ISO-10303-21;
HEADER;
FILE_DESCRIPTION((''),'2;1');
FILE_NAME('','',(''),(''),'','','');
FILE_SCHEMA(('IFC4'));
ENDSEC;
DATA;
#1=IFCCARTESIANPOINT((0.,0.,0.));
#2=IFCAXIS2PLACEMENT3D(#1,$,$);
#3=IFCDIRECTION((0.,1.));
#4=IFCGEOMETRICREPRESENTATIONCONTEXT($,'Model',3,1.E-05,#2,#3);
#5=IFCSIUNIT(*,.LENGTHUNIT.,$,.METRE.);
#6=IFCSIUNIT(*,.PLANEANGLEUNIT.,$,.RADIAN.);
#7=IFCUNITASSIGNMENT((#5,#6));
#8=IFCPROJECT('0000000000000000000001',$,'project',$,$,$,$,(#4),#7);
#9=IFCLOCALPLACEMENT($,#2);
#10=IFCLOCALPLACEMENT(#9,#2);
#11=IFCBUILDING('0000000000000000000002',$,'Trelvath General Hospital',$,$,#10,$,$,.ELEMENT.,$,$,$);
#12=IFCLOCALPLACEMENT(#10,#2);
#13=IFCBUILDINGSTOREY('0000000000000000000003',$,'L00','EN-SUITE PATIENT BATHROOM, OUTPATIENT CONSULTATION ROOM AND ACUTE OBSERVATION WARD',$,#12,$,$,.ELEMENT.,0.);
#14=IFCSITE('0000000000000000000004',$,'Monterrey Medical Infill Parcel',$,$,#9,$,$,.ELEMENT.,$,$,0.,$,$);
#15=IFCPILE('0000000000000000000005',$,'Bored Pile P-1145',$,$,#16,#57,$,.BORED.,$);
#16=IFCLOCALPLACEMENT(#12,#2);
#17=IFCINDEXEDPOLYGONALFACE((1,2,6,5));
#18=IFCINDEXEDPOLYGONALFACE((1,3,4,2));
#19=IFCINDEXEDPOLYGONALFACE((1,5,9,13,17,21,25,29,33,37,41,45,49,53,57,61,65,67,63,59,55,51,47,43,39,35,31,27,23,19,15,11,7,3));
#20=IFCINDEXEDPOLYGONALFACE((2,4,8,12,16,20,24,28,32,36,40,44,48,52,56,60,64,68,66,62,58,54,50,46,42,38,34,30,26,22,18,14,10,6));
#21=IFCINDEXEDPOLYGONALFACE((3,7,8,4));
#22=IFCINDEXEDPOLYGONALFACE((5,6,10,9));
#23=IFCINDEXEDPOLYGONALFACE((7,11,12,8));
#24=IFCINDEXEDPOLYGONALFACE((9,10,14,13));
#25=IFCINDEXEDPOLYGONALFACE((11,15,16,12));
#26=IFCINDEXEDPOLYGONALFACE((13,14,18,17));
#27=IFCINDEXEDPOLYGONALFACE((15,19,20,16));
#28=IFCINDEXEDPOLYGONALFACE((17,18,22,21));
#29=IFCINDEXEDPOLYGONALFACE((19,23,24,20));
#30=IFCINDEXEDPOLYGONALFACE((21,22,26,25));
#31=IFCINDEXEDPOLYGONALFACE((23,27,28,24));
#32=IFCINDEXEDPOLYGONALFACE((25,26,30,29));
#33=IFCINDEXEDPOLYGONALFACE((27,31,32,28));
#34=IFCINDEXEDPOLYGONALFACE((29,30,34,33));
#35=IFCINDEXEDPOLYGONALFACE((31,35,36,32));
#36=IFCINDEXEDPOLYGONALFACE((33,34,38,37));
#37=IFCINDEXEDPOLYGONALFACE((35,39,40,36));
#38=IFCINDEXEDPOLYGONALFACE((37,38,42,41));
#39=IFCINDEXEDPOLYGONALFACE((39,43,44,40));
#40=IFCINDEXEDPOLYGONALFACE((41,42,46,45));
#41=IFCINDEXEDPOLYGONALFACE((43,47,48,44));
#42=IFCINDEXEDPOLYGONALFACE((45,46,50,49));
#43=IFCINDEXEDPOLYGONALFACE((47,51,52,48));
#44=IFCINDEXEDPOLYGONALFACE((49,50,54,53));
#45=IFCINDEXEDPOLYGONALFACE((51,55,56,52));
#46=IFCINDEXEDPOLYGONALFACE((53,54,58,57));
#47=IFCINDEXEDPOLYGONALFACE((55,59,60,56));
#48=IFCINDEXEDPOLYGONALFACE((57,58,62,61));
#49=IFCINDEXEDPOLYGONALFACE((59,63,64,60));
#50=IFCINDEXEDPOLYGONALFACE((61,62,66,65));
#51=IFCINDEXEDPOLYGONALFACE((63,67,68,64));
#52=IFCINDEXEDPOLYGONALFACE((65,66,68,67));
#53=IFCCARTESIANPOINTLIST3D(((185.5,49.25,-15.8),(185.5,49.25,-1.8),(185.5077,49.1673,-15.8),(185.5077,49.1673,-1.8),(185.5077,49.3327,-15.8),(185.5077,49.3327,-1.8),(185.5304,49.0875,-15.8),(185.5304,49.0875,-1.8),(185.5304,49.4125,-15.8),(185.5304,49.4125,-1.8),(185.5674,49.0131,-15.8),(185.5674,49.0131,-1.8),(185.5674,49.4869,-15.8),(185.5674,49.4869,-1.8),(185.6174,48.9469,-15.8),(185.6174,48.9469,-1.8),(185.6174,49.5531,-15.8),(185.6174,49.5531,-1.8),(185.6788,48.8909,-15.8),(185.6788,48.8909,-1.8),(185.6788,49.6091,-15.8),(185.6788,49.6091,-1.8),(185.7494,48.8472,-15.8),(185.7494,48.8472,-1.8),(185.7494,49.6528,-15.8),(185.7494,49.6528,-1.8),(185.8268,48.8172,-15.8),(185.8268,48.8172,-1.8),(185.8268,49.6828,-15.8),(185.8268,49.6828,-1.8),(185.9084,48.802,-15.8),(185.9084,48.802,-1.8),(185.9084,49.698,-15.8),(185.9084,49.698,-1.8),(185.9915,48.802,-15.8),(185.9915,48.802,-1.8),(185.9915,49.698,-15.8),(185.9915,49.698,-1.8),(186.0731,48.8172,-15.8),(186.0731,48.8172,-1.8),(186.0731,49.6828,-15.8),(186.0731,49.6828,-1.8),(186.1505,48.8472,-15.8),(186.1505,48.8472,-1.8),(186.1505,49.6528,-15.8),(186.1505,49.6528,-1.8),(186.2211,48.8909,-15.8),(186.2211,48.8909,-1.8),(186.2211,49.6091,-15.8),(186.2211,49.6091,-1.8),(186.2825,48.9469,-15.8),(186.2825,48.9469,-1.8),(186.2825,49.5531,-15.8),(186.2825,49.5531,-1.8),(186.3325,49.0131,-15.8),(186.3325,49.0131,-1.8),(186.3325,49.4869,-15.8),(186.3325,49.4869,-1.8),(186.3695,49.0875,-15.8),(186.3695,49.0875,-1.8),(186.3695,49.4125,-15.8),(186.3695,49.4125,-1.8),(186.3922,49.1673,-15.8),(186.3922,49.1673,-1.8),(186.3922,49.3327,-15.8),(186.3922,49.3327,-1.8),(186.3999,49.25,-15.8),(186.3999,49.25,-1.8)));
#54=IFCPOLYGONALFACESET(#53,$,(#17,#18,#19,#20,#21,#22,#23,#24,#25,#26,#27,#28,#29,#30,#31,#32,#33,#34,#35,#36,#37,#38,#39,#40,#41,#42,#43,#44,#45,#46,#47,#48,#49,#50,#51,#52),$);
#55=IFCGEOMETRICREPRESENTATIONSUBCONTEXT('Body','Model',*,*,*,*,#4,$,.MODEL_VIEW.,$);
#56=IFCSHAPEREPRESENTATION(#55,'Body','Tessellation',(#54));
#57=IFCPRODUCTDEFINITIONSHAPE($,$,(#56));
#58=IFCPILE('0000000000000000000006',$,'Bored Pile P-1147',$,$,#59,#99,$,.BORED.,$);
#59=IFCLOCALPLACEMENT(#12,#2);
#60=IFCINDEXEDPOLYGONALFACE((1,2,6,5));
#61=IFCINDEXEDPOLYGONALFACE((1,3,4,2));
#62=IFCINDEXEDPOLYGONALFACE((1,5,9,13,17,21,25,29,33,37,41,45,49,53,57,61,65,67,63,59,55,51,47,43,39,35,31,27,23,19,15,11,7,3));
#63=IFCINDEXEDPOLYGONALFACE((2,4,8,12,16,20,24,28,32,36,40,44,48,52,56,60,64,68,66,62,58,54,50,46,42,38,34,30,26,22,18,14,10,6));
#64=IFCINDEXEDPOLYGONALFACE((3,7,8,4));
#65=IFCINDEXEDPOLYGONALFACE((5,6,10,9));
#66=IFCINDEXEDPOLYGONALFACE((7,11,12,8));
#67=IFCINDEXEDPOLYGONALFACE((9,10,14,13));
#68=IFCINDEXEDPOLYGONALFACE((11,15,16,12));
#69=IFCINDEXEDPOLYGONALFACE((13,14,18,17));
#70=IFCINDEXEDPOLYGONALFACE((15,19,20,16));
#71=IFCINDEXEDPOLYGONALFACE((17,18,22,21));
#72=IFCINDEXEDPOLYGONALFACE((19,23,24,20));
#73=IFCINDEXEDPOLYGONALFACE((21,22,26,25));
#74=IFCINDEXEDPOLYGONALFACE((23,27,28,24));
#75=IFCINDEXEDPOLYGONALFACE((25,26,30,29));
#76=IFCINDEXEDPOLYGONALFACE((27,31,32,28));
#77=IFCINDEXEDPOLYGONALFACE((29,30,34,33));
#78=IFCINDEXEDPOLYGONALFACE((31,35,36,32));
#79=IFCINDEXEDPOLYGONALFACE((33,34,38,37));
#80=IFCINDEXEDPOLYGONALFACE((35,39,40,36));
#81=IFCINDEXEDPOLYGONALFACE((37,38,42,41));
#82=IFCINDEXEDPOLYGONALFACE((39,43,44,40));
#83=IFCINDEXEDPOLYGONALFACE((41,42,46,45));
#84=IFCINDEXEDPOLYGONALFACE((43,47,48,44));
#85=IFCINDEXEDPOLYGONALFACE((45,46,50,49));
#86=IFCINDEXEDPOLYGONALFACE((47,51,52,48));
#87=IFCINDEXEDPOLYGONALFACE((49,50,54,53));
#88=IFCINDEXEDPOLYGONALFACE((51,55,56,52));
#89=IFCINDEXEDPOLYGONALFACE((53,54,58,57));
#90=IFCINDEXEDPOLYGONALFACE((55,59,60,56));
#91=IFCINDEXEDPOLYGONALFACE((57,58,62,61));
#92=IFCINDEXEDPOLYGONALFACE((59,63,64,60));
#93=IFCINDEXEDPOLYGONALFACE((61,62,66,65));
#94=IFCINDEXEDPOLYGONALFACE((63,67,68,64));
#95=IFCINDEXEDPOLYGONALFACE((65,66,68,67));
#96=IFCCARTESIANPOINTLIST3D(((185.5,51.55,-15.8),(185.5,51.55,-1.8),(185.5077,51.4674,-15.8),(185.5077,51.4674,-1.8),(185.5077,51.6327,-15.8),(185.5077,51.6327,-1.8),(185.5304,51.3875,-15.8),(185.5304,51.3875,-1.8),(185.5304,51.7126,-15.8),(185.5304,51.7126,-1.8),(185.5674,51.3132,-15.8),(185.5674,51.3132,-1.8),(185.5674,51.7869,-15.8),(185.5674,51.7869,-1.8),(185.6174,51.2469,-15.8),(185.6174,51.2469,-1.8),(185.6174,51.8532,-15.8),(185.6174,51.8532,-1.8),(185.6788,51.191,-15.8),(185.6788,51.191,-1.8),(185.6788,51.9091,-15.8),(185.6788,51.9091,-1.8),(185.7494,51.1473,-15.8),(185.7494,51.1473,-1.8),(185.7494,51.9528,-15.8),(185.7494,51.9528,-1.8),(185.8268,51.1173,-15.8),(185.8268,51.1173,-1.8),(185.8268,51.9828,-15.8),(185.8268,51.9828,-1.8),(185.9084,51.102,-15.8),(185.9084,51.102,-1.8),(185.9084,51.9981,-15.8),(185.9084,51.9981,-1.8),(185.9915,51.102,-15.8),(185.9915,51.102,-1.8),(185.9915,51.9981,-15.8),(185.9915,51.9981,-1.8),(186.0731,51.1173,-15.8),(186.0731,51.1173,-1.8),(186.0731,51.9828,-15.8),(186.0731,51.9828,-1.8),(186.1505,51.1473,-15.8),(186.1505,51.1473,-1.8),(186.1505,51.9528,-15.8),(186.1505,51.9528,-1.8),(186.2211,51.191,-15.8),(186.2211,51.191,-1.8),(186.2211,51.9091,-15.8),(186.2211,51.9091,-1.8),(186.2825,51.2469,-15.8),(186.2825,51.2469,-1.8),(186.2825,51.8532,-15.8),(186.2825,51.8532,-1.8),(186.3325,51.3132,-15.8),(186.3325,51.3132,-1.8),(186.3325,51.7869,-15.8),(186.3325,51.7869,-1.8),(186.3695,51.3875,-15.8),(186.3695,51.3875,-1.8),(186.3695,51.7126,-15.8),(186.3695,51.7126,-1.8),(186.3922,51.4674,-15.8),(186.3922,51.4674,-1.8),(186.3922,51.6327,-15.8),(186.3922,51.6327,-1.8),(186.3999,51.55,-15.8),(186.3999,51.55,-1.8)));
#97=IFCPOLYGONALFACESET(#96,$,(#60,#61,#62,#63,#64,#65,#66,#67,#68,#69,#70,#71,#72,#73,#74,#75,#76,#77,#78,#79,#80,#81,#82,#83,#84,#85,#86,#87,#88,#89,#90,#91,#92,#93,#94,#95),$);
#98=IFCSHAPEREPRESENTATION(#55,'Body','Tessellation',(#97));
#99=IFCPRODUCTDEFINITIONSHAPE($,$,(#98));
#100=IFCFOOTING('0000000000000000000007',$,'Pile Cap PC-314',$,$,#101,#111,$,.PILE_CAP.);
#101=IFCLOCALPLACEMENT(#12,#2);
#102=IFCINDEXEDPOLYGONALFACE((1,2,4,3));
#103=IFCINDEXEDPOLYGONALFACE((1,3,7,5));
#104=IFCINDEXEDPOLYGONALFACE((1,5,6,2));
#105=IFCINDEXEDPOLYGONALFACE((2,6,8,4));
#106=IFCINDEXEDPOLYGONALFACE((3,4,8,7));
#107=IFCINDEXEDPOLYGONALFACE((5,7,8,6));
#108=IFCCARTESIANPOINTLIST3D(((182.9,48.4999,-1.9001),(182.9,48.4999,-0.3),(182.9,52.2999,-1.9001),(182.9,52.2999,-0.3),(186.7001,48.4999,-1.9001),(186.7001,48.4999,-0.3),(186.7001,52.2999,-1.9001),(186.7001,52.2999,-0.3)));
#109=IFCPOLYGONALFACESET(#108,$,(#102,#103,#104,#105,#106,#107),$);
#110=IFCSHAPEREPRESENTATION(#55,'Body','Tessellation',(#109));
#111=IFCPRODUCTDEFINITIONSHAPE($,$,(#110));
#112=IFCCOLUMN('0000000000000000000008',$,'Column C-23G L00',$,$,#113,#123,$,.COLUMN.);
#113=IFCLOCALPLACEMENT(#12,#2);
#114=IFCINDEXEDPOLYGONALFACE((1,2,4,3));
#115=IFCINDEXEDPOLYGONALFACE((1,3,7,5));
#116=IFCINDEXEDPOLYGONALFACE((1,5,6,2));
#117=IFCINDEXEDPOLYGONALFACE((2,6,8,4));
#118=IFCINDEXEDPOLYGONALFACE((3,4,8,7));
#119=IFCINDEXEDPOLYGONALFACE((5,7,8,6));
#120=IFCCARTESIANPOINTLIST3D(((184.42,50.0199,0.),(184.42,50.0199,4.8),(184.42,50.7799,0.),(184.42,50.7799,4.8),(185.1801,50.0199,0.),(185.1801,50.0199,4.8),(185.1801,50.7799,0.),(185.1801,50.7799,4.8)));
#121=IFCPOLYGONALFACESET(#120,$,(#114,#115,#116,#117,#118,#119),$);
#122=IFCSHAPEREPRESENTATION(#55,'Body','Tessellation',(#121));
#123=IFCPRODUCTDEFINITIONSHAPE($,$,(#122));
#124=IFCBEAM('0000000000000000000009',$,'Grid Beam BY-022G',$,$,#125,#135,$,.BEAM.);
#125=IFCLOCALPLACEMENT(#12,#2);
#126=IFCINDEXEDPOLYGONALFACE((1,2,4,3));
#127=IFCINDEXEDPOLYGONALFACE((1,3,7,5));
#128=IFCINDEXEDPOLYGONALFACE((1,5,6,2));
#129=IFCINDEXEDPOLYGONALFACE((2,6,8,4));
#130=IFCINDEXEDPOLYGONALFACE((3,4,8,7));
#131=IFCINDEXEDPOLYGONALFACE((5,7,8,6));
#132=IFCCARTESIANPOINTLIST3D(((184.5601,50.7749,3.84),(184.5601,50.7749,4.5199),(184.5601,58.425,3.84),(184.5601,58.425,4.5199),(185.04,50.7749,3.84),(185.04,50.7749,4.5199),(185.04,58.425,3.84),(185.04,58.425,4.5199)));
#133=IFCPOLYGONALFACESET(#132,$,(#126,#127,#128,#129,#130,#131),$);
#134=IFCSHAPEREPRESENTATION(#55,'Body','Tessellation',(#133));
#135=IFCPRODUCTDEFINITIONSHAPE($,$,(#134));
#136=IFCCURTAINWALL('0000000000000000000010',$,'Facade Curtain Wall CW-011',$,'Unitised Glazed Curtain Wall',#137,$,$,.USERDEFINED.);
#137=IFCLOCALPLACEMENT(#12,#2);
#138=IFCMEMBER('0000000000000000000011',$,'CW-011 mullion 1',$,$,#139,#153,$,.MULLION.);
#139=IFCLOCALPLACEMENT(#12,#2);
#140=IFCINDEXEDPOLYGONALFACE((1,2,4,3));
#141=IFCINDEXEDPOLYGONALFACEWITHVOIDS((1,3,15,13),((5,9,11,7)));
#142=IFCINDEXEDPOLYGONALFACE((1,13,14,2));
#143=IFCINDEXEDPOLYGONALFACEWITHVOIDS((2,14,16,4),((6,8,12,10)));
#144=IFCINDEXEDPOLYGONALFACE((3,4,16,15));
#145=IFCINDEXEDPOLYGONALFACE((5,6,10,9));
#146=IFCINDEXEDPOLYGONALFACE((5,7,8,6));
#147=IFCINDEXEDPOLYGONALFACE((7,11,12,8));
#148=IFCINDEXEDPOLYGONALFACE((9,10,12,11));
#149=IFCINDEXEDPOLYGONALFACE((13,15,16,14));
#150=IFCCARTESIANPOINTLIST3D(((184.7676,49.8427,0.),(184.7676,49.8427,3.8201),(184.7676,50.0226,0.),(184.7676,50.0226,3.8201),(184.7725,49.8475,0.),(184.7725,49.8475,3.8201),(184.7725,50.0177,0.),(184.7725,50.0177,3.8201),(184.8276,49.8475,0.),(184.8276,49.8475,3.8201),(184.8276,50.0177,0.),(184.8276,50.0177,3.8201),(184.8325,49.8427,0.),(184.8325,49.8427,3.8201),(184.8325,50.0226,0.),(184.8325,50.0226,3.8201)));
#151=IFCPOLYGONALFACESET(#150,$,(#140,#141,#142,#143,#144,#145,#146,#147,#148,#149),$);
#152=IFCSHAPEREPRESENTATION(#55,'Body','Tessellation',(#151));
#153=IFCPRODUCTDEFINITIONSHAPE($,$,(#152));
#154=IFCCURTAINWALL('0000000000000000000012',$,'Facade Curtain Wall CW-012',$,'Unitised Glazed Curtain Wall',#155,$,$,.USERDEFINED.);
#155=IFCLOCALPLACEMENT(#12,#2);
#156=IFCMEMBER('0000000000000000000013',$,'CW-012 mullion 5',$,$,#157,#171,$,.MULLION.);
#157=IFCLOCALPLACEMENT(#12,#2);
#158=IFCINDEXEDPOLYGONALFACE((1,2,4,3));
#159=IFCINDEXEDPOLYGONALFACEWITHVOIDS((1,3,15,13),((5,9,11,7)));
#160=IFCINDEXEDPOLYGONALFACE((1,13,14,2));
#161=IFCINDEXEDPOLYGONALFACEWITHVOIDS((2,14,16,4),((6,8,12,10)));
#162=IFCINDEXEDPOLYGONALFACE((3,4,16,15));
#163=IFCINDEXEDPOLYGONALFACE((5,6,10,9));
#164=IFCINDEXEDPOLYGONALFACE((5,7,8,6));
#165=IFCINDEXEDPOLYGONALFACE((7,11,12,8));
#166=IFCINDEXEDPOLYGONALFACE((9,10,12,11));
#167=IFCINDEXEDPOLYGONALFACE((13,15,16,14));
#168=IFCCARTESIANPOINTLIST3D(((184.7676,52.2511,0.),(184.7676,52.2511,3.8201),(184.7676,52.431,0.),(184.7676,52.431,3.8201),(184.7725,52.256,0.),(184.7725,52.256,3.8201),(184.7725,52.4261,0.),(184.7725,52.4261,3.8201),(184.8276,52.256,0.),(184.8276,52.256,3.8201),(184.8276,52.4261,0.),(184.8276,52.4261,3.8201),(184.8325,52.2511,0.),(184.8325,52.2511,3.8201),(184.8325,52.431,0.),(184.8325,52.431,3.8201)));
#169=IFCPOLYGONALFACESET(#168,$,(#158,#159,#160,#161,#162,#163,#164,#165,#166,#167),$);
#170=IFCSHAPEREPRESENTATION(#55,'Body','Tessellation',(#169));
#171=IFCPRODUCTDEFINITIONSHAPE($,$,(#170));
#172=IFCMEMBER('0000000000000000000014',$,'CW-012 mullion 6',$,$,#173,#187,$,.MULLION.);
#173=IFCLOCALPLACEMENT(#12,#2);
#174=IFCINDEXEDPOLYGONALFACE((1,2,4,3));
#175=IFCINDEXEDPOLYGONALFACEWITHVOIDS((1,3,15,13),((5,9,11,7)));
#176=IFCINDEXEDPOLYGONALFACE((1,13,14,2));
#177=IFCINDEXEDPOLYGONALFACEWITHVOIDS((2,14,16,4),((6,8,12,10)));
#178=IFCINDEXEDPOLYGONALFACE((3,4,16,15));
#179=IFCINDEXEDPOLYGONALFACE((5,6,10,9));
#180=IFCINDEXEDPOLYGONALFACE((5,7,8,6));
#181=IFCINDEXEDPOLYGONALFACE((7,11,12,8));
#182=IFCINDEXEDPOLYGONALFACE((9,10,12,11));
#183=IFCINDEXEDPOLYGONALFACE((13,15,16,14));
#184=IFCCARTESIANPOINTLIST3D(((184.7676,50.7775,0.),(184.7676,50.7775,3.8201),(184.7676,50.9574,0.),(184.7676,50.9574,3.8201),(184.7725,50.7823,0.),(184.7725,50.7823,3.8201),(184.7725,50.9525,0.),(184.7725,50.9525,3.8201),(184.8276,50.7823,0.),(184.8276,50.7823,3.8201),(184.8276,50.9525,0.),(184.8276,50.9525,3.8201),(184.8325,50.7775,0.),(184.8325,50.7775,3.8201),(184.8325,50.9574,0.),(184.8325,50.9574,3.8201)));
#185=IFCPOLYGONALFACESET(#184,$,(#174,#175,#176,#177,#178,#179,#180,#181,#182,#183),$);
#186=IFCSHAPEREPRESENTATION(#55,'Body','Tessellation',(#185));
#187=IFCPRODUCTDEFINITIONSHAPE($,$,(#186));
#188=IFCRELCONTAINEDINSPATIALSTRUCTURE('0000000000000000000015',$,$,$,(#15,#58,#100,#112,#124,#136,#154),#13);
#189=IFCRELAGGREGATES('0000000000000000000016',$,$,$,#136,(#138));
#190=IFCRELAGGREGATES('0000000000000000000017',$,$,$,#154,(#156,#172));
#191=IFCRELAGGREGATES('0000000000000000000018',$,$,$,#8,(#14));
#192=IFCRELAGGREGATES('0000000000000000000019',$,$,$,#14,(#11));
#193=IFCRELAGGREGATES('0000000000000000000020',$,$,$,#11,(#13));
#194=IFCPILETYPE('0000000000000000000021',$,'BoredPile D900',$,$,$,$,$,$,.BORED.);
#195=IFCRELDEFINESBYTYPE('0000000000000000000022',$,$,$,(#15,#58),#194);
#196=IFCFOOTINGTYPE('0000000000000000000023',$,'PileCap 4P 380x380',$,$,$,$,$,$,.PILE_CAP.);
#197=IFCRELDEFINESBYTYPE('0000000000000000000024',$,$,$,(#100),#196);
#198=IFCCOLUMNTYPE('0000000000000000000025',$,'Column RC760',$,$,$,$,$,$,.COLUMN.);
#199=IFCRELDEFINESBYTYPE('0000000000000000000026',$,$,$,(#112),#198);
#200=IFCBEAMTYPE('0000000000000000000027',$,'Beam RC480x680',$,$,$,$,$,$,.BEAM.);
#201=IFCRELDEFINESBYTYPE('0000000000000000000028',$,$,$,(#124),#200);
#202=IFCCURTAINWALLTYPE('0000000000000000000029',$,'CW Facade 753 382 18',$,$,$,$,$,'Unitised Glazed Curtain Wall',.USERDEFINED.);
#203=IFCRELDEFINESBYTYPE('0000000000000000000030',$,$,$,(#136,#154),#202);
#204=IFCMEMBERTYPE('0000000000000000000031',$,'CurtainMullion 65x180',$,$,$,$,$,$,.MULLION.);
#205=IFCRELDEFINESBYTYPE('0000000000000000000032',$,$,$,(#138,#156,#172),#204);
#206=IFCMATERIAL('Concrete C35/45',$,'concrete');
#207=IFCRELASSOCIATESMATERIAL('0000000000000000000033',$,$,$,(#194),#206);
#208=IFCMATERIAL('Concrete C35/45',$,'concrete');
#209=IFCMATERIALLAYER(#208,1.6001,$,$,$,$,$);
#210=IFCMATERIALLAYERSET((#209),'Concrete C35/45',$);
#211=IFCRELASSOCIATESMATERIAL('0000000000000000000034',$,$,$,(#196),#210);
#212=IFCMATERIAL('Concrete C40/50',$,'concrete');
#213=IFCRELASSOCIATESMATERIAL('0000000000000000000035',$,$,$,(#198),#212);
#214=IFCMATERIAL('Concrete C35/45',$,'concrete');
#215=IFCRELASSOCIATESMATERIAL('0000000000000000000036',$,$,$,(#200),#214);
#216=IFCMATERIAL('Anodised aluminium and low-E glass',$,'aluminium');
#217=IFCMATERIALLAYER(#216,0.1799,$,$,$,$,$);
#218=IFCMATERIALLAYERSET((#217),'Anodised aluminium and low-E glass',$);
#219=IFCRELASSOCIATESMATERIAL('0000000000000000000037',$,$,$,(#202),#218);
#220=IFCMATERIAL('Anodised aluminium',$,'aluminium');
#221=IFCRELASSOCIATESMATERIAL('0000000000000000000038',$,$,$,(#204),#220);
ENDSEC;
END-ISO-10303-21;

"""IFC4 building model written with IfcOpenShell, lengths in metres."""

from ifc_helpers import new_model, si_unit, direction, frame, origin, origin_2d, place, context, subcontext, project, spatial, rectangle, hollow_rectangle, circle, extrude, material, layer, layer_set, material_profile, profile_set, type_object, element, aggregate, save


model = new_model("IFC4")

# Units and contexts
model_context = context("Model", 3, precision=1e-05, world=origin(), true_north=direction((0.0, 1.0)))
body_context = subcontext(model_context, "Body", "Model", "MODEL_VIEW")
ifc_project = project(units=[si_unit("LENGTHUNIT", "METRE"), si_unit("PLANEANGLEUNIT", "RADIAN")], contexts=[model_context])

# Site, building, storey
site_placement = place(None, origin())
site = spatial("IfcSite", under=ifc_project, at=site_placement, Name="Monterrey Medical Infill Parcel", CompositionType="ELEMENT", RefElevation=0.0)
building_placement = place(site_placement, origin())
building = spatial("IfcBuilding", under=site, at=building_placement, Name="Trelvath General Hospital", CompositionType="ELEMENT")
storey_placement = place(building_placement, origin())
storey = spatial("IfcBuildingStorey", under=building, at=storey_placement, Name="L00", Description="EN-SUITE PATIENT BATHROOM, OUTPATIENT CONSULTATION ROOM AND ACUTE OBSERVATION WARD", CompositionType="ELEMENT", Elevation=0.0)

# Piles
ifc_material_1 = material(Name="Concrete C35/45", Category="concrete")
ifc_material_profile_1 = material_profile(ifc_material_1, circle(Radius=0.45, at=origin_2d()), Name="PILE900")
ifc_profile_set_1 = profile_set([ifc_material_profile_1], Name="Concrete C35/45")
pile_type = type_object("IfcPileType", Name="BoredPile D900", PredefinedType="BORED", material=ifc_profile_set_1)
for number, where, z_axis, x_axis, name in (
    (1, (185.95, 49.25, -1.8), (0.0, 0.0, -1.0), (1.0, 0.0, 0.0), "Bored Pile P-1145"),
    (2, (185.95, 51.55, -1.8), (0.0, 0.0, -1.0), (1.0, 0.0, 0.0), "Bored Pile P-1147"),
):
    element("IfcPile", number, at=place(storey_placement, frame(where, z_axis=z_axis, x_axis=x_axis)), inside=storey, type_object=pile_type, Name=name, PredefinedType="BORED", context=body_context, shape_type="SweptSolid", body=[
        extrude(circle(Radius=0.45, at=origin_2d()), origin(), (0.0, 0.0, 1.0), 14.0),
    ])

# Footing
ifc_material_2 = material(Name="Concrete C35/45", Category="concrete")
ifc_layer_1 = layer(ifc_material_2, 1.6001)
ifc_layer_set_1 = layer_set([ifc_layer_1], Name="Concrete C35/45")
footing_type = type_object("IfcFootingType", Name="PileCap 4P 380x380", PredefinedType="PILE_CAP", material=ifc_layer_set_1)
footing_placement = place(storey_placement, frame((184.8, 50.3999, -1.9001), z_axis=(0.0, 0.0, 1.0), x_axis=(1.0, 0.0, 0.0)))
element("IfcFooting", 3, at=footing_placement, inside=storey, type_object=footing_type, Name="Pile Cap PC-314", PredefinedType="PILE_CAP", context=body_context, shape_type="SweptSolid", body=[
    extrude(rectangle(XDim=3.8, YDim=3.8, at=origin_2d()), origin(), (0.0, 0.0, 1.0), 1.6001),
])

# Column
ifc_material_3 = material(Name="Concrete C40/50", Category="concrete")
ifc_material_profile_2 = material_profile(ifc_material_3, rectangle(XDim=0.76, YDim=0.76, at=origin_2d()), Name="RC760x760")
ifc_profile_set_2 = profile_set([ifc_material_profile_2], Name="Concrete C40/50")
column_type = type_object("IfcColumnType", Name="Column RC760", PredefinedType="COLUMN", material=ifc_profile_set_2)
column_placement = place(storey_placement, frame((184.8, 50.3999, 0.0), z_axis=(0.0, 0.0, 1.0), x_axis=(1.0, 0.0, 0.0)))
element("IfcColumn", 4, at=column_placement, inside=storey, type_object=column_type, Name="Column C-23G L00", PredefinedType="COLUMN", context=body_context, shape_type="SweptSolid", body=[
    extrude(rectangle(XDim=0.76, YDim=0.76, at=origin_2d()), origin(), (0.0, 0.0, 1.0), 4.8),
])

# Beam
ifc_material_4 = material(Name="Concrete C35/45", Category="concrete")
ifc_material_profile_3 = material_profile(ifc_material_4, rectangle(XDim=0.48, YDim=0.6799, at=origin_2d()), Name="RCB480x680")
ifc_profile_set_3 = profile_set([ifc_material_profile_3], Name="Concrete C35/45")
beam_type = type_object("IfcBeamType", Name="Beam RC480x680", PredefinedType="BEAM", material=ifc_profile_set_3)
beam_placement = place(storey_placement, frame((184.8, 50.7749, 4.1799), z_axis=(0.0, 1.0, 0.0), x_axis=(-1.0, 0.0, 0.0)))
element("IfcBeam", 5, at=beam_placement, inside=storey, type_object=beam_type, Name="Grid Beam BY-022G", PredefinedType="BEAM", context=body_context, shape_type="SweptSolid", body=[
    extrude(rectangle(XDim=0.48, YDim=0.6799, at=origin_2d()), origin(), (0.0, 0.0, 1.0), 7.6501),
])

# Curtain wall, member
ifc_material_5 = material(Name="Anodised aluminium and low-E glass", Category="aluminium")
ifc_layer_2 = layer(ifc_material_5, 0.1799)
ifc_layer_set_2 = layer_set([ifc_layer_2], Name="Anodised aluminium and low-E glass")
curtain_wall_type = type_object("IfcCurtainWallType", Name="CW Facade 753 382 18", ElementType="Unitised Glazed Curtain Wall", PredefinedType="USERDEFINED", material=ifc_layer_set_2)
curtain_wall_1_placement = place(storey_placement, origin())
curtain_wall_1 = element("IfcCurtainWall", 6, at=curtain_wall_1_placement, inside=storey, type_object=curtain_wall_type, Name="Facade Curtain Wall CW-011", ObjectType="Unitised Glazed Curtain Wall", PredefinedType="USERDEFINED")
ifc_material_6 = material(Name="Anodised aluminium", Category="aluminium")
ifc_material_profile_4 = material_profile(ifc_material_6, hollow_rectangle(XDim=0.0649, YDim=0.1799, WallThickness=0.0049, at=origin_2d()), Name="RHS65x180x5")
ifc_profile_set_4 = profile_set([ifc_material_profile_4], Name="Anodised aluminium")
member_type_1 = type_object("IfcMemberType", Name="CurtainMullion 65x180", PredefinedType="MULLION", material=ifc_profile_set_4)
member_1_placement = place(storey_placement, frame((184.8, 49.9326, 0.0), z_axis=(0.0, 0.0, 1.0), x_axis=(1.0, 0.0, 0.0)))
member_1 = element("IfcMember", 7, at=member_1_placement, type_object=member_type_1, Name="CW-011 mullion 1", PredefinedType="MULLION", context=body_context, shape_type="SweptSolid", body=[
    extrude(hollow_rectangle(XDim=0.0649, YDim=0.1799, WallThickness=0.0049, at=origin_2d()), origin(), (0.0, 0.0, 1.0), 3.8201),
])

# Curtain wall, members
curtain_wall_2_placement = place(storey_placement, origin())
curtain_wall_2 = element("IfcCurtainWall", 8, at=curtain_wall_2_placement, inside=storey, type_object=curtain_wall_type, Name="Facade Curtain Wall CW-012", ObjectType="Unitised Glazed Curtain Wall", PredefinedType="USERDEFINED")
member_2_placement = place(storey_placement, frame((184.8, 52.3411, 0.0), z_axis=(0.0, 0.0, 1.0), x_axis=(1.0, 0.0, 0.0)))
member_2 = element("IfcMember", 9, at=member_2_placement, type_object=member_type_1, Name="CW-012 mullion 5", PredefinedType="MULLION", context=body_context, shape_type="SweptSolid", body=[
    extrude(hollow_rectangle(XDim=0.0649, YDim=0.1799, WallThickness=0.0049, at=origin_2d()), origin(), (0.0, 0.0, 1.0), 3.8201),
])
member_3_placement = place(storey_placement, frame((184.8, 50.8674, 0.0), z_axis=(0.0, 0.0, 1.0), x_axis=(1.0, 0.0, 0.0)))
member_3 = element("IfcMember", 10, at=member_3_placement, type_object=member_type_1, Name="CW-012 mullion 6", PredefinedType="MULLION", context=body_context, shape_type="SweptSolid", body=[
    extrude(hollow_rectangle(XDim=0.0649, YDim=0.1799, WallThickness=0.0049, at=origin_2d()), origin(), (0.0, 0.0, 1.0), 3.8201),
])

aggregate(curtain_wall_1, [member_1])
aggregate(curtain_wall_2, [member_2, member_3])

save(model, "model.ifc")
